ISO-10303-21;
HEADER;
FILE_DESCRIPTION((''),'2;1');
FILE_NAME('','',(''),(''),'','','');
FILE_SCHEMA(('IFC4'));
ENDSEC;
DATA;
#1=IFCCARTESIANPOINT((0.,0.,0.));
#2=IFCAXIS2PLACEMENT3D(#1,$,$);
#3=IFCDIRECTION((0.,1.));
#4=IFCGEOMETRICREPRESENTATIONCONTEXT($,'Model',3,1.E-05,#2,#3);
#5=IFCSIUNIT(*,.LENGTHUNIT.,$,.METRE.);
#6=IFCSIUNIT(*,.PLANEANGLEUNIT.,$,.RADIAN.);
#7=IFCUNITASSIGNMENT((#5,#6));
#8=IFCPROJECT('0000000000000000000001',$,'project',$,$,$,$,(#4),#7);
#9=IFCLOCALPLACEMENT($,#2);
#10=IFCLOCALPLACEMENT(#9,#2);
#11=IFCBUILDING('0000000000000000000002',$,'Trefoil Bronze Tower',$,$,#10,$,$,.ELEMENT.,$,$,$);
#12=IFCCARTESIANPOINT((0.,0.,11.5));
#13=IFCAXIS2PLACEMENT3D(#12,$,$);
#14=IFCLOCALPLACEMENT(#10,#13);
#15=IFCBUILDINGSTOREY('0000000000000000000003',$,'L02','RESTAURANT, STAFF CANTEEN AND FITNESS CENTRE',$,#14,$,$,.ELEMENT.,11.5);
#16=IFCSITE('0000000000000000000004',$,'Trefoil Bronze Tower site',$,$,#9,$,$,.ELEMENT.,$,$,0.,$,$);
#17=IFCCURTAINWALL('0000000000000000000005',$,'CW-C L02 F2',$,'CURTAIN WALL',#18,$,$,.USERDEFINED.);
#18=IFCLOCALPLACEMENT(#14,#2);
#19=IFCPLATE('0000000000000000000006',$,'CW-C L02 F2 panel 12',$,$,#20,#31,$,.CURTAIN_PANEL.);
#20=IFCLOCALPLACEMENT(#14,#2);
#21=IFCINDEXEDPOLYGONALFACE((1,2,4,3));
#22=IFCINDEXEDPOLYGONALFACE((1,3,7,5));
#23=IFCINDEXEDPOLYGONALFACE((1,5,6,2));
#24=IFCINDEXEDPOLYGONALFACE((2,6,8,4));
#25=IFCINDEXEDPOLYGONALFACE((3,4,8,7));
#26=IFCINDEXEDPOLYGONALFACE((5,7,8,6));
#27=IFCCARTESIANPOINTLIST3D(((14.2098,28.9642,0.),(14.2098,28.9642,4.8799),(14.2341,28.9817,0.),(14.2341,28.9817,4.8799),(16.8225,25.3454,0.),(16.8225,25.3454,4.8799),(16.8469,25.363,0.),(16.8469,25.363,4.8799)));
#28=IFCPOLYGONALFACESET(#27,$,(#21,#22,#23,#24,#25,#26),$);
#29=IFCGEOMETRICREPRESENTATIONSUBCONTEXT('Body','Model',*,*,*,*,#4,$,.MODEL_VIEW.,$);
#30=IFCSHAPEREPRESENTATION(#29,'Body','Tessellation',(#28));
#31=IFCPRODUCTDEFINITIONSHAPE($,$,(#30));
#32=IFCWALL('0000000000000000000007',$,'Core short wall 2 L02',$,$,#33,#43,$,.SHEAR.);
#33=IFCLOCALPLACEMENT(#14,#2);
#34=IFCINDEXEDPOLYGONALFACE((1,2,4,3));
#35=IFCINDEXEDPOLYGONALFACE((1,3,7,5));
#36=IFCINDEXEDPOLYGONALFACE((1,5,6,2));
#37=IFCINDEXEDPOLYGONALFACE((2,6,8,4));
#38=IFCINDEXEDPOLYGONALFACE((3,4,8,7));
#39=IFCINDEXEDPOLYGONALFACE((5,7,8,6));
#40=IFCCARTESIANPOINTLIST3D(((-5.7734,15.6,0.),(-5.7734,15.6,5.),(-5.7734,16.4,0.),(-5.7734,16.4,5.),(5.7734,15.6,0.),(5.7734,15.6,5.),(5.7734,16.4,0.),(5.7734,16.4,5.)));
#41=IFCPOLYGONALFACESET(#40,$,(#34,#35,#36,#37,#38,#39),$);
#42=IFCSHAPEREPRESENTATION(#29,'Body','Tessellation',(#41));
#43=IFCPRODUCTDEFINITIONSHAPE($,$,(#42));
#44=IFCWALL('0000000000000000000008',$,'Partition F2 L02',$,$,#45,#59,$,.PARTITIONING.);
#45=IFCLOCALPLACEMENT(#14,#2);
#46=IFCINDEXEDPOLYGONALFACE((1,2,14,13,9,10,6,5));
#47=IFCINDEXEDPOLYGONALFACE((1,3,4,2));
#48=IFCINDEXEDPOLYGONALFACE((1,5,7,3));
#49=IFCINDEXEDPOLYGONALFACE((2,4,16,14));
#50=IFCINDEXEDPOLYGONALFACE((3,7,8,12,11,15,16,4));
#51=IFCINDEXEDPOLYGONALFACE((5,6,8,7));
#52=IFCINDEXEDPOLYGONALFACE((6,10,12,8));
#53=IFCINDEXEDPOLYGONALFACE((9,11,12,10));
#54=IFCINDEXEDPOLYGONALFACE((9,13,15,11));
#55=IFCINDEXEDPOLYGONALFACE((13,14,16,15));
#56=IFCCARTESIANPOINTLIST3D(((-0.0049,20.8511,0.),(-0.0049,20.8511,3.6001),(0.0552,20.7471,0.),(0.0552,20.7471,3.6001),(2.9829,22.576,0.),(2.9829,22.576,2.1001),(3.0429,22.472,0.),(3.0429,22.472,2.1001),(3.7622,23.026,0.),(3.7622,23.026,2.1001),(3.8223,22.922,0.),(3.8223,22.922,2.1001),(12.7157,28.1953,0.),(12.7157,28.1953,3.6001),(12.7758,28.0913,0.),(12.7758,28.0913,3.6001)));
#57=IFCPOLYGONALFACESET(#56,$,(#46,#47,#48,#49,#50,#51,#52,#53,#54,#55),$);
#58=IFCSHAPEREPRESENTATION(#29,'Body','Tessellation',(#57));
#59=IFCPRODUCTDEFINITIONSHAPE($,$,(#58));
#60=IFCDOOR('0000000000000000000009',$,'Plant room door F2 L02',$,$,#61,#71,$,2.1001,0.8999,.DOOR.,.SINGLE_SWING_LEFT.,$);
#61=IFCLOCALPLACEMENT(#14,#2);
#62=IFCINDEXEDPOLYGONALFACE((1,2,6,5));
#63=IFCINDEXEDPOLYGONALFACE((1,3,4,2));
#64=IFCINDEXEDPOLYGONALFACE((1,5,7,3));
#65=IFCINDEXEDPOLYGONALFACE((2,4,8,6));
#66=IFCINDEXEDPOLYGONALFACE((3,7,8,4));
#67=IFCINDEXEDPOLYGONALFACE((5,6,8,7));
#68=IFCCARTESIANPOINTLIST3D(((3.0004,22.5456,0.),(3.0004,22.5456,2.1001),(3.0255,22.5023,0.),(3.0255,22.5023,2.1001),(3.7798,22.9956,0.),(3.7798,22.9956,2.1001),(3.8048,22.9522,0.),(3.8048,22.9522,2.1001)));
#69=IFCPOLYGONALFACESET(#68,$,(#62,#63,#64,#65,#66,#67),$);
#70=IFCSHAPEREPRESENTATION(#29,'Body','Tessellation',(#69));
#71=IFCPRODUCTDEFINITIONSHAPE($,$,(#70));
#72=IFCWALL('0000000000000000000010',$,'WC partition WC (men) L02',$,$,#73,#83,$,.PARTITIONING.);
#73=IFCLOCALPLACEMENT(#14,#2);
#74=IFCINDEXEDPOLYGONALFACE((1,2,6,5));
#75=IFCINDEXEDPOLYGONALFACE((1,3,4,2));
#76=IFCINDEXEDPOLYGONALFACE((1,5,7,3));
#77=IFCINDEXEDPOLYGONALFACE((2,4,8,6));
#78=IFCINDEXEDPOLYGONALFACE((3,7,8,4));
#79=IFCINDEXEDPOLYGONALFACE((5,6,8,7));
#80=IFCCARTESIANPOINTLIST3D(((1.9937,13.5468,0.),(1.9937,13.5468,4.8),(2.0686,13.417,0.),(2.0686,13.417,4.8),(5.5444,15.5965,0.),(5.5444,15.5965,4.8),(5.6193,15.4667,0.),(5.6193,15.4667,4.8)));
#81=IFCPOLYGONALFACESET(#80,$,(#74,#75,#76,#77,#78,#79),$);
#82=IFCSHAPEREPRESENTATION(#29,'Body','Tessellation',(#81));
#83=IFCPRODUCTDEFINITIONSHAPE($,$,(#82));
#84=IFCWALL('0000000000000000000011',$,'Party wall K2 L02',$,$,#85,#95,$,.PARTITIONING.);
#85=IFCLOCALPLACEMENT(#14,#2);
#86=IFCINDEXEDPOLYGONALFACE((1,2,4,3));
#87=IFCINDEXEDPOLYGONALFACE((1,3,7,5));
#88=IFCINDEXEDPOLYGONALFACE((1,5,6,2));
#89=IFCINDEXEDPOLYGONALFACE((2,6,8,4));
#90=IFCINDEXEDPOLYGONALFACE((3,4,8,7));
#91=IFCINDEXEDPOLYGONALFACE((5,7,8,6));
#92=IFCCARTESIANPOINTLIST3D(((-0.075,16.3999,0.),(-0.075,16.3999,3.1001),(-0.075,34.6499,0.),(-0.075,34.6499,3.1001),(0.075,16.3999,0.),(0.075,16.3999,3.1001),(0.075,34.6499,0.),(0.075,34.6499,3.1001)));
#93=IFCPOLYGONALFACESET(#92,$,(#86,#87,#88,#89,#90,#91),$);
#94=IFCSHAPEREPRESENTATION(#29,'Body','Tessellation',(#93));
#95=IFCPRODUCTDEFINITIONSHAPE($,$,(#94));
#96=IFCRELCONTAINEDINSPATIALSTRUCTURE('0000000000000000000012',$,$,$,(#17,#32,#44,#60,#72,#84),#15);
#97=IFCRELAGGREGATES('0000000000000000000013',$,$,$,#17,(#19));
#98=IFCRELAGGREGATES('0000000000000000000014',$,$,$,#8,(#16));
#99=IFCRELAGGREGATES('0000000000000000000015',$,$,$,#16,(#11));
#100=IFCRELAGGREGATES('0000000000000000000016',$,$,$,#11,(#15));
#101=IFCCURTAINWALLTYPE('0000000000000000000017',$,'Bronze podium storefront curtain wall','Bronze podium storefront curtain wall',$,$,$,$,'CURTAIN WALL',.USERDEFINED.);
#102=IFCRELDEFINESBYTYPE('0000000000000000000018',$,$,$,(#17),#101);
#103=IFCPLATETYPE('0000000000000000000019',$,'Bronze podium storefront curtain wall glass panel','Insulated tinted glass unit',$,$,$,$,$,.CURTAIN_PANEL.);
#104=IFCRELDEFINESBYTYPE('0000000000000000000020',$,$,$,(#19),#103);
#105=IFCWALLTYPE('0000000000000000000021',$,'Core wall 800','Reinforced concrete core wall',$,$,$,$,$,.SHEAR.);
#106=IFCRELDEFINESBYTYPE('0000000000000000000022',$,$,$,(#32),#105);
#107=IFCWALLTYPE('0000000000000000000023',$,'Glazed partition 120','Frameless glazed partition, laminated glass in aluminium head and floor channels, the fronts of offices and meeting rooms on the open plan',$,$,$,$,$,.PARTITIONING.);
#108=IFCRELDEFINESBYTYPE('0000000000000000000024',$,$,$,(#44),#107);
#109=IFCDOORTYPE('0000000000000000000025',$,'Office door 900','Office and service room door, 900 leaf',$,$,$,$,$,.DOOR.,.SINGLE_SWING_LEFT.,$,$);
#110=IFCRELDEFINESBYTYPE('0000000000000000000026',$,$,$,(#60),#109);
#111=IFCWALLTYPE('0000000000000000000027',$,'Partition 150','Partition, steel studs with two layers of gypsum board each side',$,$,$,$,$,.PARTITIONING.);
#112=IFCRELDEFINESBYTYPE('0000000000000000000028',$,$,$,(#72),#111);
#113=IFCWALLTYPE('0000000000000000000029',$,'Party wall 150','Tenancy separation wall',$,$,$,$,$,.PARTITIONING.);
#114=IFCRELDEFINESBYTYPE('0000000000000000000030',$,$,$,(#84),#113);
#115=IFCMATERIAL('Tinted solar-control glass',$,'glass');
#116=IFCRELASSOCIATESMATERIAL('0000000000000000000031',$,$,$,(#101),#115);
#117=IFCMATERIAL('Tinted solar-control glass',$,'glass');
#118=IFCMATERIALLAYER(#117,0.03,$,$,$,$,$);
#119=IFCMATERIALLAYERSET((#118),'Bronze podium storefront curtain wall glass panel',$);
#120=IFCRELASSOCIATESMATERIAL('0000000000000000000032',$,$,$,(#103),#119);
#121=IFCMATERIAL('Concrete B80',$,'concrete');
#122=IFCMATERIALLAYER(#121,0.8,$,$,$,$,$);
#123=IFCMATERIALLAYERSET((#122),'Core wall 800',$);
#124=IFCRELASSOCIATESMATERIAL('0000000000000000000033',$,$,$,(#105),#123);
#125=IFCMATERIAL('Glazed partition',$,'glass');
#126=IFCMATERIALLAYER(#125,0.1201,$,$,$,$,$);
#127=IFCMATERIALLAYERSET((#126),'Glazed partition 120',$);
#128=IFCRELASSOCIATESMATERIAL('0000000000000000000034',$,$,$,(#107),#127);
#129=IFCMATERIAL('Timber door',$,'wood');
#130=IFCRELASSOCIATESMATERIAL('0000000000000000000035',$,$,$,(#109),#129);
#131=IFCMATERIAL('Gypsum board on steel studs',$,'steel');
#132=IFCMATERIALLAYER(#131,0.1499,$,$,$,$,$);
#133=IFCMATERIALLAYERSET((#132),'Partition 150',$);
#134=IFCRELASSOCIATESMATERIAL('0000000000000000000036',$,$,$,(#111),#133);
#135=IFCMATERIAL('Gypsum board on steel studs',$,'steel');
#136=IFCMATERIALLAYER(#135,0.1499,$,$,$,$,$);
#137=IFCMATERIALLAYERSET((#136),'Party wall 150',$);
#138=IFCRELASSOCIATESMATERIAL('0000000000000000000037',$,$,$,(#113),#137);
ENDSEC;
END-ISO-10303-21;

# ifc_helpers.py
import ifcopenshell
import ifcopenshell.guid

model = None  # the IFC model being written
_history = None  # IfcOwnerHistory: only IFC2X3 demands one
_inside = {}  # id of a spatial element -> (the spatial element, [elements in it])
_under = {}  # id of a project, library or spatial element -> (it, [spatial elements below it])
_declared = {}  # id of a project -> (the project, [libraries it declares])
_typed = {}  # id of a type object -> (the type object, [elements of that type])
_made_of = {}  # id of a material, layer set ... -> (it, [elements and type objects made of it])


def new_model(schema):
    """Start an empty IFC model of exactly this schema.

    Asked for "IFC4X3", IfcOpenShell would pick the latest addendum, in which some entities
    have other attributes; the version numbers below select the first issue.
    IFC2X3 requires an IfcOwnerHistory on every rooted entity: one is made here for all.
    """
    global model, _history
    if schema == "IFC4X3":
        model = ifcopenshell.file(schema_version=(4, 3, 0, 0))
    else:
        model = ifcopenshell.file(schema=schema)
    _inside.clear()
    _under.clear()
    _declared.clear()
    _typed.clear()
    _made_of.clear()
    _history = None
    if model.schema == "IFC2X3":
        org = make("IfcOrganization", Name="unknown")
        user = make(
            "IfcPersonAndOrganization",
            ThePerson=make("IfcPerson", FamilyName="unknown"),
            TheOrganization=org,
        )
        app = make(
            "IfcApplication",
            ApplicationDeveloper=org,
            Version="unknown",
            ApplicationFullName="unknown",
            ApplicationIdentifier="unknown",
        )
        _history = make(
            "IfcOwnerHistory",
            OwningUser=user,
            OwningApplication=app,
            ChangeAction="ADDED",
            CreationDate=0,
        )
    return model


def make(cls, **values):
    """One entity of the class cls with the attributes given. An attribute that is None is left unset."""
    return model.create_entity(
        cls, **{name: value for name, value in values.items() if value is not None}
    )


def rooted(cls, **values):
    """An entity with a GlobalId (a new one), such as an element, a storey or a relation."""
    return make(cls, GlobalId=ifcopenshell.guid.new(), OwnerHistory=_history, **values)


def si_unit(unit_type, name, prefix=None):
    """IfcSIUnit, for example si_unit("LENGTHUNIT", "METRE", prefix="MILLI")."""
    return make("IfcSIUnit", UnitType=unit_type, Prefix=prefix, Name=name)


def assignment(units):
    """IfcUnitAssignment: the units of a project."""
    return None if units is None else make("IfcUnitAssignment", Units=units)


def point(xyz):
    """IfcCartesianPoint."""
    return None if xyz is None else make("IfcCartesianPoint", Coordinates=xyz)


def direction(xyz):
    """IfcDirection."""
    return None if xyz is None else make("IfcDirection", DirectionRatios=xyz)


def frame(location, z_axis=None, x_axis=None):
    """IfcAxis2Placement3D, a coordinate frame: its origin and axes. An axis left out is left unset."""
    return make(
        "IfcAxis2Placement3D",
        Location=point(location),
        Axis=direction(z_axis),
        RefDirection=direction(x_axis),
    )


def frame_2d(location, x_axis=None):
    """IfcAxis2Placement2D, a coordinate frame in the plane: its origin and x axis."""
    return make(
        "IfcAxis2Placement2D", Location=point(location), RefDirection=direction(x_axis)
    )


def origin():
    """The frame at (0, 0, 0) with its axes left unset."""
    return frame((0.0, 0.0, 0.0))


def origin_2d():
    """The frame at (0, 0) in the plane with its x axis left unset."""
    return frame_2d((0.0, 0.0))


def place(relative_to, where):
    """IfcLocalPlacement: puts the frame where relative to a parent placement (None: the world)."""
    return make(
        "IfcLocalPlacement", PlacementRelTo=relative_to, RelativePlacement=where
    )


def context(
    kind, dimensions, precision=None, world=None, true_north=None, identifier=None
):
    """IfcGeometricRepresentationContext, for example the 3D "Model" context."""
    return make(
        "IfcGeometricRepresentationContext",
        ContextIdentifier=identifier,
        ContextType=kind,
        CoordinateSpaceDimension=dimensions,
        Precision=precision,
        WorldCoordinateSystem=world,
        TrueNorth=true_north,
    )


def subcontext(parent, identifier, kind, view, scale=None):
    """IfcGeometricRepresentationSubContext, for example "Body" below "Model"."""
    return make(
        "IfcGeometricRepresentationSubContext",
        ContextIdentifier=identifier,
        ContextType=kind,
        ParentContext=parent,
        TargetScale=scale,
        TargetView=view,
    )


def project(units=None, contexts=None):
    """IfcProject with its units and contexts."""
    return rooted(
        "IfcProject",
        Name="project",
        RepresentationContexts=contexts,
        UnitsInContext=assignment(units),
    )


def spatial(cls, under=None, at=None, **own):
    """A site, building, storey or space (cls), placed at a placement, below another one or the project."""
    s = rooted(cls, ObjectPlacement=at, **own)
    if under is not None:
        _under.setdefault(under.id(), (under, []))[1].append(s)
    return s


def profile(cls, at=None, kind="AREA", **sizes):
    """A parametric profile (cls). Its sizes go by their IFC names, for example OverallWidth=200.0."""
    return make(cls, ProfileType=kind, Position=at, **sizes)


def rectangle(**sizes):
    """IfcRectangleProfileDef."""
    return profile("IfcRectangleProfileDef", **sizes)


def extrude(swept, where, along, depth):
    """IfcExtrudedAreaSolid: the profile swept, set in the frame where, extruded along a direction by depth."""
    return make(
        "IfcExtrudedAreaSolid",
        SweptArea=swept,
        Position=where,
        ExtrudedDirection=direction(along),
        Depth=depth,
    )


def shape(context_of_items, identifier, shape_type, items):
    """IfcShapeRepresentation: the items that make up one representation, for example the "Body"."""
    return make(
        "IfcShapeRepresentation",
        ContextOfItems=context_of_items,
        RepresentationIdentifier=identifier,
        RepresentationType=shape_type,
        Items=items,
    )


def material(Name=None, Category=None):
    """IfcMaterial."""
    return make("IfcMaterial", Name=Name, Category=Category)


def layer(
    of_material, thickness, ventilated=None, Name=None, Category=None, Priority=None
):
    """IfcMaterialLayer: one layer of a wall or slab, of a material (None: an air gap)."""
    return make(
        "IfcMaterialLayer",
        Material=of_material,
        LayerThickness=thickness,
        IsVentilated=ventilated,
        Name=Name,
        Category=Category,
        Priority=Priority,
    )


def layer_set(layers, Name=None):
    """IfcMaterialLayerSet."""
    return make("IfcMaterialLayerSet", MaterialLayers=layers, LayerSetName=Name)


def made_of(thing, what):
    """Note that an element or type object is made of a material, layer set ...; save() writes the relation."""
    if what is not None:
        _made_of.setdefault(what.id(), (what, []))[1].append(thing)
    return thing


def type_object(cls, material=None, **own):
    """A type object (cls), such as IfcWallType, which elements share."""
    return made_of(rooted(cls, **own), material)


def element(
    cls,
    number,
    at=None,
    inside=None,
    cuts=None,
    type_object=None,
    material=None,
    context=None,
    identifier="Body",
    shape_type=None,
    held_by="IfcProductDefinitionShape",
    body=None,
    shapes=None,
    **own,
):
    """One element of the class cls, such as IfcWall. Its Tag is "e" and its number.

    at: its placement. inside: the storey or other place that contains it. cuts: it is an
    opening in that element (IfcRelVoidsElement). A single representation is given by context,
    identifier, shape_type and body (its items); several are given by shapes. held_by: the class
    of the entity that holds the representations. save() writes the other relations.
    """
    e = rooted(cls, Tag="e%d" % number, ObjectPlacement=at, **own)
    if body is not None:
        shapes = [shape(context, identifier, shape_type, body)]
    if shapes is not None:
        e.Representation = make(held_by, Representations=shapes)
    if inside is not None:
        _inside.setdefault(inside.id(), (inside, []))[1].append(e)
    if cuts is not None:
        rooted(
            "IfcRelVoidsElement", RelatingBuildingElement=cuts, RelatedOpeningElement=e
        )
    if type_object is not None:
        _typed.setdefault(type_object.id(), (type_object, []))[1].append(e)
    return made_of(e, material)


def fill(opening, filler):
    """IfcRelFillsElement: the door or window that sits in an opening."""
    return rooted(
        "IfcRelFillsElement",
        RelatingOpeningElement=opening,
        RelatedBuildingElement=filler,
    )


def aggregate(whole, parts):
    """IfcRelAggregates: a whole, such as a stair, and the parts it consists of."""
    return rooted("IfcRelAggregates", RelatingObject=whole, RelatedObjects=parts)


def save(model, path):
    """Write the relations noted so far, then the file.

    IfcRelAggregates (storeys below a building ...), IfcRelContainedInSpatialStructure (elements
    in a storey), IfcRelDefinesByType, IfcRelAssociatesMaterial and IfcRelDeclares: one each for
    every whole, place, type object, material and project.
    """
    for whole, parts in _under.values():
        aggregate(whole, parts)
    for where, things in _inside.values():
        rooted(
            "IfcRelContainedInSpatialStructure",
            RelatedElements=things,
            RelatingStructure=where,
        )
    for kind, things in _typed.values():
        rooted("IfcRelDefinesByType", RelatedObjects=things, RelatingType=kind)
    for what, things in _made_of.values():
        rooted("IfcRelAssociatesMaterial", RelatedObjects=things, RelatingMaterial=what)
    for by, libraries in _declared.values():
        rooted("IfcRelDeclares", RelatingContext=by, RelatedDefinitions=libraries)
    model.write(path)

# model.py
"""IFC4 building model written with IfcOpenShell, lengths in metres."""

from ifc_helpers import new_model, si_unit, direction, frame, frame_2d, origin, origin_2d, place, context, subcontext, project, spatial, rectangle, extrude, material, layer, layer_set, type_object, element, fill, aggregate, save


model = new_model("IFC4")

# Units and contexts
model_context = context("Model", 3, precision=1e-05, world=origin(), true_north=direction((0.0, 1.0)))
body_context = subcontext(model_context, "Body", "Model", "MODEL_VIEW")
ifc_project = project(units=[si_unit("LENGTHUNIT", "METRE"), si_unit("PLANEANGLEUNIT", "RADIAN")], contexts=[model_context])

# Site, building, storey
site_placement = place(None, origin())
site = spatial("IfcSite", under=ifc_project, at=site_placement, Name="Trefoil Bronze Tower site", CompositionType="ELEMENT", RefElevation=0.0)
building_placement = place(site_placement, origin())
building = spatial("IfcBuilding", under=site, at=building_placement, Name="Trefoil Bronze Tower", CompositionType="ELEMENT")
storey_placement = place(building_placement, frame((0.0, 0.0, 11.5)))
storey = spatial("IfcBuildingStorey", under=building, at=storey_placement, Name="L02", Description="RESTAURANT, STAFF CANTEEN AND FITNESS CENTRE", CompositionType="ELEMENT", Elevation=11.5)

# Curtain wall
ifc_material_1 = material(Name="Tinted solar-control glass", Category="glass")
curtain_wall_type = type_object("IfcCurtainWallType", Name="Bronze podium storefront curtain wall", Description="Bronze podium storefront curtain wall", ElementType="CURTAIN WALL", PredefinedType="USERDEFINED", material=ifc_material_1)
curtain_wall_placement = place(storey_placement, origin())
curtain_wall = element("IfcCurtainWall", 1, at=curtain_wall_placement, inside=storey, type_object=curtain_wall_type, Name="CW-C L02 F2", ObjectType="CURTAIN WALL", PredefinedType="USERDEFINED")

# Plate
ifc_material_2 = material(Name="Tinted solar-control glass", Category="glass")
ifc_layer_1 = layer(ifc_material_2, 0.03)
ifc_layer_set_1 = layer_set([ifc_layer_1], Name="Bronze podium storefront curtain wall glass panel")
plate_type = type_object("IfcPlateType", Name="Bronze podium storefront curtain wall glass panel", Description="Insulated tinted glass unit", PredefinedType="CURTAIN_PANEL", material=ifc_layer_set_1)
plate_1_placement = place(storey_placement, frame((15.5283, 27.1636, 0.0), z_axis=(0.0, 0.0, 1.0), x_axis=(-0.585373, 0.810764, 0.0)))
plate_1 = element("IfcPlate", 2, at=plate_1_placement, type_object=plate_type, Name="CW-C L02 F2 panel 12", PredefinedType="CURTAIN_PANEL", context=body_context, shape_type="SweptSolid", body=[
    extrude(rectangle(XDim=4.4634, YDim=0.03, at=origin_2d()), origin(), (0.0, 0.0, 1.0), 4.8799),
])
aggregate(curtain_wall, [plate_1])

# Wall
ifc_material_3 = material(Name="Concrete B80", Category="concrete")
ifc_layer_2 = layer(ifc_material_3, 0.8)
ifc_layer_set_2 = layer_set([ifc_layer_2], Name="Core wall 800")
wall_type_1 = type_object("IfcWallType", Name="Core wall 800", Description="Reinforced concrete core wall", PredefinedType="SHEAR", material=ifc_layer_set_2)
wall_1_placement = place(storey_placement, frame((5.7734, 16.0, 0.0), z_axis=(0.0, 0.0, 1.0), x_axis=(-1.0, 0.0, 0.0)))
element("IfcWall", 3, at=wall_1_placement, inside=storey, type_object=wall_type_1, Name="Core short wall 2 L02", PredefinedType="SHEAR", context=body_context, shape_type="SweptSolid", body=[
    extrude(rectangle(XDim=11.5469, YDim=0.8, at=frame_2d((5.7734, 0.0))), origin(), (0.0, 0.0, 1.0), 5.0),
])

# Wall, opening, door
ifc_material_4 = material(Name="Glazed partition", Category="glass")
ifc_layer_3 = layer(ifc_material_4, 0.1201)
ifc_layer_set_3 = layer_set([ifc_layer_3], Name="Glazed partition 120")
wall_type_2 = type_object("IfcWallType", Name="Glazed partition 120", Description="Frameless glazed partition, laminated glass in aluminium head and floor channels, the fronts of offices and meeting rooms on the open plan", PredefinedType="PARTITIONING", material=ifc_layer_set_3)
wall_2_placement = place(storey_placement, frame((0.0251, 20.7991, 0.0), z_axis=(0.0, 0.0, 1.0), x_axis=(0.866027, 0.499997, 0.0)))
wall_2 = element("IfcWall", 4, at=wall_2_placement, inside=storey, type_object=wall_type_2, Name="Partition F2 L02", PredefinedType="PARTITIONING", context=body_context, shape_type="SweptSolid", body=[
    extrude(rectangle(XDim=14.6885, YDim=0.1201, at=frame_2d((7.3442, 0.0))), origin(), (0.0, 0.0, 1.0), 3.6001),
])
opening_placement = place(wall_2_placement, frame((3.45, 0.0, 0.0)))
opening = element("IfcOpeningElement", 5, at=opening_placement, cuts=wall_2, PredefinedType="OPENING", context=body_context, shape_type="SweptSolid", body=[
    extrude(rectangle(XDim=0.8999, YDim=2.1001, at=frame_2d((0.45, 1.05))), frame((0.0, 0.0701, 0.0), z_axis=(0.0, -1.0, 0.0), x_axis=(1.0, 0.0, 0.0)), (0.0, 0.0, 1.0), 0.1401),
])
ifc_material_5 = material(Name="Timber door", Category="wood")
door_type = type_object("IfcDoorType", Name="Office door 900", Description="Office and service room door, 900 leaf", OperationType="SINGLE_SWING_LEFT", PredefinedType="DOOR", material=ifc_material_5)
door_placement = place(opening_placement, origin())
door = element("IfcDoor", 6, at=door_placement, inside=storey, type_object=door_type, Name="Plant room door F2 L02", OperationType="SINGLE_SWING_LEFT", OverallHeight=2.1001, OverallWidth=0.8999, PredefinedType="DOOR", context=body_context, shape_type="SweptSolid", body=[
    extrude(rectangle(XDim=0.8999, YDim=2.1001, at=frame_2d((0.45, 1.05))), frame((0.0, 0.0249, 0.0), z_axis=(0.0, -1.0, 0.0), x_axis=(1.0, 0.0, 0.0)), (0.0, 0.0, 1.0), 0.05),
])
fill(opening, door)

# Walls
ifc_material_6 = material(Name="Gypsum board on steel studs", Category="steel")
ifc_layer_4 = layer(ifc_material_6, 0.1499)
ifc_layer_set_4 = layer_set([ifc_layer_4], Name="Partition 150")
wall_type_3 = type_object("IfcWallType", Name="Partition 150", Description="Partition, steel studs with two layers of gypsum board each side", PredefinedType="PARTITIONING", material=ifc_layer_set_4)
wall_3_placement = place(storey_placement, frame((2.0312, 13.4819, 0.0), z_axis=(0.0, 0.0, 1.0), x_axis=(0.866051, 0.499956, 0.0)))
element("IfcWall", 7, at=wall_3_placement, inside=storey, type_object=wall_type_3, Name="WC partition WC (men) L02", PredefinedType="PARTITIONING", context=body_context, shape_type="SweptSolid", body=[
    extrude(rectangle(XDim=4.0999, YDim=0.1499, at=frame_2d((2.0498, 0.0))), origin(), (0.0, 0.0, 1.0), 4.8),
])
ifc_material_7 = material(Name="Gypsum board on steel studs", Category="steel")
ifc_layer_5 = layer(ifc_material_7, 0.1499)
ifc_layer_set_5 = layer_set([ifc_layer_5], Name="Party wall 150")
wall_type_4 = type_object("IfcWallType", Name="Party wall 150", Description="Tenancy separation wall", PredefinedType="PARTITIONING", material=ifc_layer_set_5)
wall_4_placement = place(storey_placement, frame((0.0, 16.3999, 0.0), z_axis=(0.0, 0.0, 1.0), x_axis=(0.0, 1.0, 0.0)))
element("IfcWall", 8, at=wall_4_placement, inside=storey, type_object=wall_type_4, Name="Party wall K2 L02", PredefinedType="PARTITIONING", context=body_context, shape_type="SweptSolid", body=[
    extrude(rectangle(XDim=18.25, YDim=0.1499, at=frame_2d((9.125, 0.0))), origin(), (0.0, 0.0, 1.0), 3.1001),
])

save(model, "model.ifc")
